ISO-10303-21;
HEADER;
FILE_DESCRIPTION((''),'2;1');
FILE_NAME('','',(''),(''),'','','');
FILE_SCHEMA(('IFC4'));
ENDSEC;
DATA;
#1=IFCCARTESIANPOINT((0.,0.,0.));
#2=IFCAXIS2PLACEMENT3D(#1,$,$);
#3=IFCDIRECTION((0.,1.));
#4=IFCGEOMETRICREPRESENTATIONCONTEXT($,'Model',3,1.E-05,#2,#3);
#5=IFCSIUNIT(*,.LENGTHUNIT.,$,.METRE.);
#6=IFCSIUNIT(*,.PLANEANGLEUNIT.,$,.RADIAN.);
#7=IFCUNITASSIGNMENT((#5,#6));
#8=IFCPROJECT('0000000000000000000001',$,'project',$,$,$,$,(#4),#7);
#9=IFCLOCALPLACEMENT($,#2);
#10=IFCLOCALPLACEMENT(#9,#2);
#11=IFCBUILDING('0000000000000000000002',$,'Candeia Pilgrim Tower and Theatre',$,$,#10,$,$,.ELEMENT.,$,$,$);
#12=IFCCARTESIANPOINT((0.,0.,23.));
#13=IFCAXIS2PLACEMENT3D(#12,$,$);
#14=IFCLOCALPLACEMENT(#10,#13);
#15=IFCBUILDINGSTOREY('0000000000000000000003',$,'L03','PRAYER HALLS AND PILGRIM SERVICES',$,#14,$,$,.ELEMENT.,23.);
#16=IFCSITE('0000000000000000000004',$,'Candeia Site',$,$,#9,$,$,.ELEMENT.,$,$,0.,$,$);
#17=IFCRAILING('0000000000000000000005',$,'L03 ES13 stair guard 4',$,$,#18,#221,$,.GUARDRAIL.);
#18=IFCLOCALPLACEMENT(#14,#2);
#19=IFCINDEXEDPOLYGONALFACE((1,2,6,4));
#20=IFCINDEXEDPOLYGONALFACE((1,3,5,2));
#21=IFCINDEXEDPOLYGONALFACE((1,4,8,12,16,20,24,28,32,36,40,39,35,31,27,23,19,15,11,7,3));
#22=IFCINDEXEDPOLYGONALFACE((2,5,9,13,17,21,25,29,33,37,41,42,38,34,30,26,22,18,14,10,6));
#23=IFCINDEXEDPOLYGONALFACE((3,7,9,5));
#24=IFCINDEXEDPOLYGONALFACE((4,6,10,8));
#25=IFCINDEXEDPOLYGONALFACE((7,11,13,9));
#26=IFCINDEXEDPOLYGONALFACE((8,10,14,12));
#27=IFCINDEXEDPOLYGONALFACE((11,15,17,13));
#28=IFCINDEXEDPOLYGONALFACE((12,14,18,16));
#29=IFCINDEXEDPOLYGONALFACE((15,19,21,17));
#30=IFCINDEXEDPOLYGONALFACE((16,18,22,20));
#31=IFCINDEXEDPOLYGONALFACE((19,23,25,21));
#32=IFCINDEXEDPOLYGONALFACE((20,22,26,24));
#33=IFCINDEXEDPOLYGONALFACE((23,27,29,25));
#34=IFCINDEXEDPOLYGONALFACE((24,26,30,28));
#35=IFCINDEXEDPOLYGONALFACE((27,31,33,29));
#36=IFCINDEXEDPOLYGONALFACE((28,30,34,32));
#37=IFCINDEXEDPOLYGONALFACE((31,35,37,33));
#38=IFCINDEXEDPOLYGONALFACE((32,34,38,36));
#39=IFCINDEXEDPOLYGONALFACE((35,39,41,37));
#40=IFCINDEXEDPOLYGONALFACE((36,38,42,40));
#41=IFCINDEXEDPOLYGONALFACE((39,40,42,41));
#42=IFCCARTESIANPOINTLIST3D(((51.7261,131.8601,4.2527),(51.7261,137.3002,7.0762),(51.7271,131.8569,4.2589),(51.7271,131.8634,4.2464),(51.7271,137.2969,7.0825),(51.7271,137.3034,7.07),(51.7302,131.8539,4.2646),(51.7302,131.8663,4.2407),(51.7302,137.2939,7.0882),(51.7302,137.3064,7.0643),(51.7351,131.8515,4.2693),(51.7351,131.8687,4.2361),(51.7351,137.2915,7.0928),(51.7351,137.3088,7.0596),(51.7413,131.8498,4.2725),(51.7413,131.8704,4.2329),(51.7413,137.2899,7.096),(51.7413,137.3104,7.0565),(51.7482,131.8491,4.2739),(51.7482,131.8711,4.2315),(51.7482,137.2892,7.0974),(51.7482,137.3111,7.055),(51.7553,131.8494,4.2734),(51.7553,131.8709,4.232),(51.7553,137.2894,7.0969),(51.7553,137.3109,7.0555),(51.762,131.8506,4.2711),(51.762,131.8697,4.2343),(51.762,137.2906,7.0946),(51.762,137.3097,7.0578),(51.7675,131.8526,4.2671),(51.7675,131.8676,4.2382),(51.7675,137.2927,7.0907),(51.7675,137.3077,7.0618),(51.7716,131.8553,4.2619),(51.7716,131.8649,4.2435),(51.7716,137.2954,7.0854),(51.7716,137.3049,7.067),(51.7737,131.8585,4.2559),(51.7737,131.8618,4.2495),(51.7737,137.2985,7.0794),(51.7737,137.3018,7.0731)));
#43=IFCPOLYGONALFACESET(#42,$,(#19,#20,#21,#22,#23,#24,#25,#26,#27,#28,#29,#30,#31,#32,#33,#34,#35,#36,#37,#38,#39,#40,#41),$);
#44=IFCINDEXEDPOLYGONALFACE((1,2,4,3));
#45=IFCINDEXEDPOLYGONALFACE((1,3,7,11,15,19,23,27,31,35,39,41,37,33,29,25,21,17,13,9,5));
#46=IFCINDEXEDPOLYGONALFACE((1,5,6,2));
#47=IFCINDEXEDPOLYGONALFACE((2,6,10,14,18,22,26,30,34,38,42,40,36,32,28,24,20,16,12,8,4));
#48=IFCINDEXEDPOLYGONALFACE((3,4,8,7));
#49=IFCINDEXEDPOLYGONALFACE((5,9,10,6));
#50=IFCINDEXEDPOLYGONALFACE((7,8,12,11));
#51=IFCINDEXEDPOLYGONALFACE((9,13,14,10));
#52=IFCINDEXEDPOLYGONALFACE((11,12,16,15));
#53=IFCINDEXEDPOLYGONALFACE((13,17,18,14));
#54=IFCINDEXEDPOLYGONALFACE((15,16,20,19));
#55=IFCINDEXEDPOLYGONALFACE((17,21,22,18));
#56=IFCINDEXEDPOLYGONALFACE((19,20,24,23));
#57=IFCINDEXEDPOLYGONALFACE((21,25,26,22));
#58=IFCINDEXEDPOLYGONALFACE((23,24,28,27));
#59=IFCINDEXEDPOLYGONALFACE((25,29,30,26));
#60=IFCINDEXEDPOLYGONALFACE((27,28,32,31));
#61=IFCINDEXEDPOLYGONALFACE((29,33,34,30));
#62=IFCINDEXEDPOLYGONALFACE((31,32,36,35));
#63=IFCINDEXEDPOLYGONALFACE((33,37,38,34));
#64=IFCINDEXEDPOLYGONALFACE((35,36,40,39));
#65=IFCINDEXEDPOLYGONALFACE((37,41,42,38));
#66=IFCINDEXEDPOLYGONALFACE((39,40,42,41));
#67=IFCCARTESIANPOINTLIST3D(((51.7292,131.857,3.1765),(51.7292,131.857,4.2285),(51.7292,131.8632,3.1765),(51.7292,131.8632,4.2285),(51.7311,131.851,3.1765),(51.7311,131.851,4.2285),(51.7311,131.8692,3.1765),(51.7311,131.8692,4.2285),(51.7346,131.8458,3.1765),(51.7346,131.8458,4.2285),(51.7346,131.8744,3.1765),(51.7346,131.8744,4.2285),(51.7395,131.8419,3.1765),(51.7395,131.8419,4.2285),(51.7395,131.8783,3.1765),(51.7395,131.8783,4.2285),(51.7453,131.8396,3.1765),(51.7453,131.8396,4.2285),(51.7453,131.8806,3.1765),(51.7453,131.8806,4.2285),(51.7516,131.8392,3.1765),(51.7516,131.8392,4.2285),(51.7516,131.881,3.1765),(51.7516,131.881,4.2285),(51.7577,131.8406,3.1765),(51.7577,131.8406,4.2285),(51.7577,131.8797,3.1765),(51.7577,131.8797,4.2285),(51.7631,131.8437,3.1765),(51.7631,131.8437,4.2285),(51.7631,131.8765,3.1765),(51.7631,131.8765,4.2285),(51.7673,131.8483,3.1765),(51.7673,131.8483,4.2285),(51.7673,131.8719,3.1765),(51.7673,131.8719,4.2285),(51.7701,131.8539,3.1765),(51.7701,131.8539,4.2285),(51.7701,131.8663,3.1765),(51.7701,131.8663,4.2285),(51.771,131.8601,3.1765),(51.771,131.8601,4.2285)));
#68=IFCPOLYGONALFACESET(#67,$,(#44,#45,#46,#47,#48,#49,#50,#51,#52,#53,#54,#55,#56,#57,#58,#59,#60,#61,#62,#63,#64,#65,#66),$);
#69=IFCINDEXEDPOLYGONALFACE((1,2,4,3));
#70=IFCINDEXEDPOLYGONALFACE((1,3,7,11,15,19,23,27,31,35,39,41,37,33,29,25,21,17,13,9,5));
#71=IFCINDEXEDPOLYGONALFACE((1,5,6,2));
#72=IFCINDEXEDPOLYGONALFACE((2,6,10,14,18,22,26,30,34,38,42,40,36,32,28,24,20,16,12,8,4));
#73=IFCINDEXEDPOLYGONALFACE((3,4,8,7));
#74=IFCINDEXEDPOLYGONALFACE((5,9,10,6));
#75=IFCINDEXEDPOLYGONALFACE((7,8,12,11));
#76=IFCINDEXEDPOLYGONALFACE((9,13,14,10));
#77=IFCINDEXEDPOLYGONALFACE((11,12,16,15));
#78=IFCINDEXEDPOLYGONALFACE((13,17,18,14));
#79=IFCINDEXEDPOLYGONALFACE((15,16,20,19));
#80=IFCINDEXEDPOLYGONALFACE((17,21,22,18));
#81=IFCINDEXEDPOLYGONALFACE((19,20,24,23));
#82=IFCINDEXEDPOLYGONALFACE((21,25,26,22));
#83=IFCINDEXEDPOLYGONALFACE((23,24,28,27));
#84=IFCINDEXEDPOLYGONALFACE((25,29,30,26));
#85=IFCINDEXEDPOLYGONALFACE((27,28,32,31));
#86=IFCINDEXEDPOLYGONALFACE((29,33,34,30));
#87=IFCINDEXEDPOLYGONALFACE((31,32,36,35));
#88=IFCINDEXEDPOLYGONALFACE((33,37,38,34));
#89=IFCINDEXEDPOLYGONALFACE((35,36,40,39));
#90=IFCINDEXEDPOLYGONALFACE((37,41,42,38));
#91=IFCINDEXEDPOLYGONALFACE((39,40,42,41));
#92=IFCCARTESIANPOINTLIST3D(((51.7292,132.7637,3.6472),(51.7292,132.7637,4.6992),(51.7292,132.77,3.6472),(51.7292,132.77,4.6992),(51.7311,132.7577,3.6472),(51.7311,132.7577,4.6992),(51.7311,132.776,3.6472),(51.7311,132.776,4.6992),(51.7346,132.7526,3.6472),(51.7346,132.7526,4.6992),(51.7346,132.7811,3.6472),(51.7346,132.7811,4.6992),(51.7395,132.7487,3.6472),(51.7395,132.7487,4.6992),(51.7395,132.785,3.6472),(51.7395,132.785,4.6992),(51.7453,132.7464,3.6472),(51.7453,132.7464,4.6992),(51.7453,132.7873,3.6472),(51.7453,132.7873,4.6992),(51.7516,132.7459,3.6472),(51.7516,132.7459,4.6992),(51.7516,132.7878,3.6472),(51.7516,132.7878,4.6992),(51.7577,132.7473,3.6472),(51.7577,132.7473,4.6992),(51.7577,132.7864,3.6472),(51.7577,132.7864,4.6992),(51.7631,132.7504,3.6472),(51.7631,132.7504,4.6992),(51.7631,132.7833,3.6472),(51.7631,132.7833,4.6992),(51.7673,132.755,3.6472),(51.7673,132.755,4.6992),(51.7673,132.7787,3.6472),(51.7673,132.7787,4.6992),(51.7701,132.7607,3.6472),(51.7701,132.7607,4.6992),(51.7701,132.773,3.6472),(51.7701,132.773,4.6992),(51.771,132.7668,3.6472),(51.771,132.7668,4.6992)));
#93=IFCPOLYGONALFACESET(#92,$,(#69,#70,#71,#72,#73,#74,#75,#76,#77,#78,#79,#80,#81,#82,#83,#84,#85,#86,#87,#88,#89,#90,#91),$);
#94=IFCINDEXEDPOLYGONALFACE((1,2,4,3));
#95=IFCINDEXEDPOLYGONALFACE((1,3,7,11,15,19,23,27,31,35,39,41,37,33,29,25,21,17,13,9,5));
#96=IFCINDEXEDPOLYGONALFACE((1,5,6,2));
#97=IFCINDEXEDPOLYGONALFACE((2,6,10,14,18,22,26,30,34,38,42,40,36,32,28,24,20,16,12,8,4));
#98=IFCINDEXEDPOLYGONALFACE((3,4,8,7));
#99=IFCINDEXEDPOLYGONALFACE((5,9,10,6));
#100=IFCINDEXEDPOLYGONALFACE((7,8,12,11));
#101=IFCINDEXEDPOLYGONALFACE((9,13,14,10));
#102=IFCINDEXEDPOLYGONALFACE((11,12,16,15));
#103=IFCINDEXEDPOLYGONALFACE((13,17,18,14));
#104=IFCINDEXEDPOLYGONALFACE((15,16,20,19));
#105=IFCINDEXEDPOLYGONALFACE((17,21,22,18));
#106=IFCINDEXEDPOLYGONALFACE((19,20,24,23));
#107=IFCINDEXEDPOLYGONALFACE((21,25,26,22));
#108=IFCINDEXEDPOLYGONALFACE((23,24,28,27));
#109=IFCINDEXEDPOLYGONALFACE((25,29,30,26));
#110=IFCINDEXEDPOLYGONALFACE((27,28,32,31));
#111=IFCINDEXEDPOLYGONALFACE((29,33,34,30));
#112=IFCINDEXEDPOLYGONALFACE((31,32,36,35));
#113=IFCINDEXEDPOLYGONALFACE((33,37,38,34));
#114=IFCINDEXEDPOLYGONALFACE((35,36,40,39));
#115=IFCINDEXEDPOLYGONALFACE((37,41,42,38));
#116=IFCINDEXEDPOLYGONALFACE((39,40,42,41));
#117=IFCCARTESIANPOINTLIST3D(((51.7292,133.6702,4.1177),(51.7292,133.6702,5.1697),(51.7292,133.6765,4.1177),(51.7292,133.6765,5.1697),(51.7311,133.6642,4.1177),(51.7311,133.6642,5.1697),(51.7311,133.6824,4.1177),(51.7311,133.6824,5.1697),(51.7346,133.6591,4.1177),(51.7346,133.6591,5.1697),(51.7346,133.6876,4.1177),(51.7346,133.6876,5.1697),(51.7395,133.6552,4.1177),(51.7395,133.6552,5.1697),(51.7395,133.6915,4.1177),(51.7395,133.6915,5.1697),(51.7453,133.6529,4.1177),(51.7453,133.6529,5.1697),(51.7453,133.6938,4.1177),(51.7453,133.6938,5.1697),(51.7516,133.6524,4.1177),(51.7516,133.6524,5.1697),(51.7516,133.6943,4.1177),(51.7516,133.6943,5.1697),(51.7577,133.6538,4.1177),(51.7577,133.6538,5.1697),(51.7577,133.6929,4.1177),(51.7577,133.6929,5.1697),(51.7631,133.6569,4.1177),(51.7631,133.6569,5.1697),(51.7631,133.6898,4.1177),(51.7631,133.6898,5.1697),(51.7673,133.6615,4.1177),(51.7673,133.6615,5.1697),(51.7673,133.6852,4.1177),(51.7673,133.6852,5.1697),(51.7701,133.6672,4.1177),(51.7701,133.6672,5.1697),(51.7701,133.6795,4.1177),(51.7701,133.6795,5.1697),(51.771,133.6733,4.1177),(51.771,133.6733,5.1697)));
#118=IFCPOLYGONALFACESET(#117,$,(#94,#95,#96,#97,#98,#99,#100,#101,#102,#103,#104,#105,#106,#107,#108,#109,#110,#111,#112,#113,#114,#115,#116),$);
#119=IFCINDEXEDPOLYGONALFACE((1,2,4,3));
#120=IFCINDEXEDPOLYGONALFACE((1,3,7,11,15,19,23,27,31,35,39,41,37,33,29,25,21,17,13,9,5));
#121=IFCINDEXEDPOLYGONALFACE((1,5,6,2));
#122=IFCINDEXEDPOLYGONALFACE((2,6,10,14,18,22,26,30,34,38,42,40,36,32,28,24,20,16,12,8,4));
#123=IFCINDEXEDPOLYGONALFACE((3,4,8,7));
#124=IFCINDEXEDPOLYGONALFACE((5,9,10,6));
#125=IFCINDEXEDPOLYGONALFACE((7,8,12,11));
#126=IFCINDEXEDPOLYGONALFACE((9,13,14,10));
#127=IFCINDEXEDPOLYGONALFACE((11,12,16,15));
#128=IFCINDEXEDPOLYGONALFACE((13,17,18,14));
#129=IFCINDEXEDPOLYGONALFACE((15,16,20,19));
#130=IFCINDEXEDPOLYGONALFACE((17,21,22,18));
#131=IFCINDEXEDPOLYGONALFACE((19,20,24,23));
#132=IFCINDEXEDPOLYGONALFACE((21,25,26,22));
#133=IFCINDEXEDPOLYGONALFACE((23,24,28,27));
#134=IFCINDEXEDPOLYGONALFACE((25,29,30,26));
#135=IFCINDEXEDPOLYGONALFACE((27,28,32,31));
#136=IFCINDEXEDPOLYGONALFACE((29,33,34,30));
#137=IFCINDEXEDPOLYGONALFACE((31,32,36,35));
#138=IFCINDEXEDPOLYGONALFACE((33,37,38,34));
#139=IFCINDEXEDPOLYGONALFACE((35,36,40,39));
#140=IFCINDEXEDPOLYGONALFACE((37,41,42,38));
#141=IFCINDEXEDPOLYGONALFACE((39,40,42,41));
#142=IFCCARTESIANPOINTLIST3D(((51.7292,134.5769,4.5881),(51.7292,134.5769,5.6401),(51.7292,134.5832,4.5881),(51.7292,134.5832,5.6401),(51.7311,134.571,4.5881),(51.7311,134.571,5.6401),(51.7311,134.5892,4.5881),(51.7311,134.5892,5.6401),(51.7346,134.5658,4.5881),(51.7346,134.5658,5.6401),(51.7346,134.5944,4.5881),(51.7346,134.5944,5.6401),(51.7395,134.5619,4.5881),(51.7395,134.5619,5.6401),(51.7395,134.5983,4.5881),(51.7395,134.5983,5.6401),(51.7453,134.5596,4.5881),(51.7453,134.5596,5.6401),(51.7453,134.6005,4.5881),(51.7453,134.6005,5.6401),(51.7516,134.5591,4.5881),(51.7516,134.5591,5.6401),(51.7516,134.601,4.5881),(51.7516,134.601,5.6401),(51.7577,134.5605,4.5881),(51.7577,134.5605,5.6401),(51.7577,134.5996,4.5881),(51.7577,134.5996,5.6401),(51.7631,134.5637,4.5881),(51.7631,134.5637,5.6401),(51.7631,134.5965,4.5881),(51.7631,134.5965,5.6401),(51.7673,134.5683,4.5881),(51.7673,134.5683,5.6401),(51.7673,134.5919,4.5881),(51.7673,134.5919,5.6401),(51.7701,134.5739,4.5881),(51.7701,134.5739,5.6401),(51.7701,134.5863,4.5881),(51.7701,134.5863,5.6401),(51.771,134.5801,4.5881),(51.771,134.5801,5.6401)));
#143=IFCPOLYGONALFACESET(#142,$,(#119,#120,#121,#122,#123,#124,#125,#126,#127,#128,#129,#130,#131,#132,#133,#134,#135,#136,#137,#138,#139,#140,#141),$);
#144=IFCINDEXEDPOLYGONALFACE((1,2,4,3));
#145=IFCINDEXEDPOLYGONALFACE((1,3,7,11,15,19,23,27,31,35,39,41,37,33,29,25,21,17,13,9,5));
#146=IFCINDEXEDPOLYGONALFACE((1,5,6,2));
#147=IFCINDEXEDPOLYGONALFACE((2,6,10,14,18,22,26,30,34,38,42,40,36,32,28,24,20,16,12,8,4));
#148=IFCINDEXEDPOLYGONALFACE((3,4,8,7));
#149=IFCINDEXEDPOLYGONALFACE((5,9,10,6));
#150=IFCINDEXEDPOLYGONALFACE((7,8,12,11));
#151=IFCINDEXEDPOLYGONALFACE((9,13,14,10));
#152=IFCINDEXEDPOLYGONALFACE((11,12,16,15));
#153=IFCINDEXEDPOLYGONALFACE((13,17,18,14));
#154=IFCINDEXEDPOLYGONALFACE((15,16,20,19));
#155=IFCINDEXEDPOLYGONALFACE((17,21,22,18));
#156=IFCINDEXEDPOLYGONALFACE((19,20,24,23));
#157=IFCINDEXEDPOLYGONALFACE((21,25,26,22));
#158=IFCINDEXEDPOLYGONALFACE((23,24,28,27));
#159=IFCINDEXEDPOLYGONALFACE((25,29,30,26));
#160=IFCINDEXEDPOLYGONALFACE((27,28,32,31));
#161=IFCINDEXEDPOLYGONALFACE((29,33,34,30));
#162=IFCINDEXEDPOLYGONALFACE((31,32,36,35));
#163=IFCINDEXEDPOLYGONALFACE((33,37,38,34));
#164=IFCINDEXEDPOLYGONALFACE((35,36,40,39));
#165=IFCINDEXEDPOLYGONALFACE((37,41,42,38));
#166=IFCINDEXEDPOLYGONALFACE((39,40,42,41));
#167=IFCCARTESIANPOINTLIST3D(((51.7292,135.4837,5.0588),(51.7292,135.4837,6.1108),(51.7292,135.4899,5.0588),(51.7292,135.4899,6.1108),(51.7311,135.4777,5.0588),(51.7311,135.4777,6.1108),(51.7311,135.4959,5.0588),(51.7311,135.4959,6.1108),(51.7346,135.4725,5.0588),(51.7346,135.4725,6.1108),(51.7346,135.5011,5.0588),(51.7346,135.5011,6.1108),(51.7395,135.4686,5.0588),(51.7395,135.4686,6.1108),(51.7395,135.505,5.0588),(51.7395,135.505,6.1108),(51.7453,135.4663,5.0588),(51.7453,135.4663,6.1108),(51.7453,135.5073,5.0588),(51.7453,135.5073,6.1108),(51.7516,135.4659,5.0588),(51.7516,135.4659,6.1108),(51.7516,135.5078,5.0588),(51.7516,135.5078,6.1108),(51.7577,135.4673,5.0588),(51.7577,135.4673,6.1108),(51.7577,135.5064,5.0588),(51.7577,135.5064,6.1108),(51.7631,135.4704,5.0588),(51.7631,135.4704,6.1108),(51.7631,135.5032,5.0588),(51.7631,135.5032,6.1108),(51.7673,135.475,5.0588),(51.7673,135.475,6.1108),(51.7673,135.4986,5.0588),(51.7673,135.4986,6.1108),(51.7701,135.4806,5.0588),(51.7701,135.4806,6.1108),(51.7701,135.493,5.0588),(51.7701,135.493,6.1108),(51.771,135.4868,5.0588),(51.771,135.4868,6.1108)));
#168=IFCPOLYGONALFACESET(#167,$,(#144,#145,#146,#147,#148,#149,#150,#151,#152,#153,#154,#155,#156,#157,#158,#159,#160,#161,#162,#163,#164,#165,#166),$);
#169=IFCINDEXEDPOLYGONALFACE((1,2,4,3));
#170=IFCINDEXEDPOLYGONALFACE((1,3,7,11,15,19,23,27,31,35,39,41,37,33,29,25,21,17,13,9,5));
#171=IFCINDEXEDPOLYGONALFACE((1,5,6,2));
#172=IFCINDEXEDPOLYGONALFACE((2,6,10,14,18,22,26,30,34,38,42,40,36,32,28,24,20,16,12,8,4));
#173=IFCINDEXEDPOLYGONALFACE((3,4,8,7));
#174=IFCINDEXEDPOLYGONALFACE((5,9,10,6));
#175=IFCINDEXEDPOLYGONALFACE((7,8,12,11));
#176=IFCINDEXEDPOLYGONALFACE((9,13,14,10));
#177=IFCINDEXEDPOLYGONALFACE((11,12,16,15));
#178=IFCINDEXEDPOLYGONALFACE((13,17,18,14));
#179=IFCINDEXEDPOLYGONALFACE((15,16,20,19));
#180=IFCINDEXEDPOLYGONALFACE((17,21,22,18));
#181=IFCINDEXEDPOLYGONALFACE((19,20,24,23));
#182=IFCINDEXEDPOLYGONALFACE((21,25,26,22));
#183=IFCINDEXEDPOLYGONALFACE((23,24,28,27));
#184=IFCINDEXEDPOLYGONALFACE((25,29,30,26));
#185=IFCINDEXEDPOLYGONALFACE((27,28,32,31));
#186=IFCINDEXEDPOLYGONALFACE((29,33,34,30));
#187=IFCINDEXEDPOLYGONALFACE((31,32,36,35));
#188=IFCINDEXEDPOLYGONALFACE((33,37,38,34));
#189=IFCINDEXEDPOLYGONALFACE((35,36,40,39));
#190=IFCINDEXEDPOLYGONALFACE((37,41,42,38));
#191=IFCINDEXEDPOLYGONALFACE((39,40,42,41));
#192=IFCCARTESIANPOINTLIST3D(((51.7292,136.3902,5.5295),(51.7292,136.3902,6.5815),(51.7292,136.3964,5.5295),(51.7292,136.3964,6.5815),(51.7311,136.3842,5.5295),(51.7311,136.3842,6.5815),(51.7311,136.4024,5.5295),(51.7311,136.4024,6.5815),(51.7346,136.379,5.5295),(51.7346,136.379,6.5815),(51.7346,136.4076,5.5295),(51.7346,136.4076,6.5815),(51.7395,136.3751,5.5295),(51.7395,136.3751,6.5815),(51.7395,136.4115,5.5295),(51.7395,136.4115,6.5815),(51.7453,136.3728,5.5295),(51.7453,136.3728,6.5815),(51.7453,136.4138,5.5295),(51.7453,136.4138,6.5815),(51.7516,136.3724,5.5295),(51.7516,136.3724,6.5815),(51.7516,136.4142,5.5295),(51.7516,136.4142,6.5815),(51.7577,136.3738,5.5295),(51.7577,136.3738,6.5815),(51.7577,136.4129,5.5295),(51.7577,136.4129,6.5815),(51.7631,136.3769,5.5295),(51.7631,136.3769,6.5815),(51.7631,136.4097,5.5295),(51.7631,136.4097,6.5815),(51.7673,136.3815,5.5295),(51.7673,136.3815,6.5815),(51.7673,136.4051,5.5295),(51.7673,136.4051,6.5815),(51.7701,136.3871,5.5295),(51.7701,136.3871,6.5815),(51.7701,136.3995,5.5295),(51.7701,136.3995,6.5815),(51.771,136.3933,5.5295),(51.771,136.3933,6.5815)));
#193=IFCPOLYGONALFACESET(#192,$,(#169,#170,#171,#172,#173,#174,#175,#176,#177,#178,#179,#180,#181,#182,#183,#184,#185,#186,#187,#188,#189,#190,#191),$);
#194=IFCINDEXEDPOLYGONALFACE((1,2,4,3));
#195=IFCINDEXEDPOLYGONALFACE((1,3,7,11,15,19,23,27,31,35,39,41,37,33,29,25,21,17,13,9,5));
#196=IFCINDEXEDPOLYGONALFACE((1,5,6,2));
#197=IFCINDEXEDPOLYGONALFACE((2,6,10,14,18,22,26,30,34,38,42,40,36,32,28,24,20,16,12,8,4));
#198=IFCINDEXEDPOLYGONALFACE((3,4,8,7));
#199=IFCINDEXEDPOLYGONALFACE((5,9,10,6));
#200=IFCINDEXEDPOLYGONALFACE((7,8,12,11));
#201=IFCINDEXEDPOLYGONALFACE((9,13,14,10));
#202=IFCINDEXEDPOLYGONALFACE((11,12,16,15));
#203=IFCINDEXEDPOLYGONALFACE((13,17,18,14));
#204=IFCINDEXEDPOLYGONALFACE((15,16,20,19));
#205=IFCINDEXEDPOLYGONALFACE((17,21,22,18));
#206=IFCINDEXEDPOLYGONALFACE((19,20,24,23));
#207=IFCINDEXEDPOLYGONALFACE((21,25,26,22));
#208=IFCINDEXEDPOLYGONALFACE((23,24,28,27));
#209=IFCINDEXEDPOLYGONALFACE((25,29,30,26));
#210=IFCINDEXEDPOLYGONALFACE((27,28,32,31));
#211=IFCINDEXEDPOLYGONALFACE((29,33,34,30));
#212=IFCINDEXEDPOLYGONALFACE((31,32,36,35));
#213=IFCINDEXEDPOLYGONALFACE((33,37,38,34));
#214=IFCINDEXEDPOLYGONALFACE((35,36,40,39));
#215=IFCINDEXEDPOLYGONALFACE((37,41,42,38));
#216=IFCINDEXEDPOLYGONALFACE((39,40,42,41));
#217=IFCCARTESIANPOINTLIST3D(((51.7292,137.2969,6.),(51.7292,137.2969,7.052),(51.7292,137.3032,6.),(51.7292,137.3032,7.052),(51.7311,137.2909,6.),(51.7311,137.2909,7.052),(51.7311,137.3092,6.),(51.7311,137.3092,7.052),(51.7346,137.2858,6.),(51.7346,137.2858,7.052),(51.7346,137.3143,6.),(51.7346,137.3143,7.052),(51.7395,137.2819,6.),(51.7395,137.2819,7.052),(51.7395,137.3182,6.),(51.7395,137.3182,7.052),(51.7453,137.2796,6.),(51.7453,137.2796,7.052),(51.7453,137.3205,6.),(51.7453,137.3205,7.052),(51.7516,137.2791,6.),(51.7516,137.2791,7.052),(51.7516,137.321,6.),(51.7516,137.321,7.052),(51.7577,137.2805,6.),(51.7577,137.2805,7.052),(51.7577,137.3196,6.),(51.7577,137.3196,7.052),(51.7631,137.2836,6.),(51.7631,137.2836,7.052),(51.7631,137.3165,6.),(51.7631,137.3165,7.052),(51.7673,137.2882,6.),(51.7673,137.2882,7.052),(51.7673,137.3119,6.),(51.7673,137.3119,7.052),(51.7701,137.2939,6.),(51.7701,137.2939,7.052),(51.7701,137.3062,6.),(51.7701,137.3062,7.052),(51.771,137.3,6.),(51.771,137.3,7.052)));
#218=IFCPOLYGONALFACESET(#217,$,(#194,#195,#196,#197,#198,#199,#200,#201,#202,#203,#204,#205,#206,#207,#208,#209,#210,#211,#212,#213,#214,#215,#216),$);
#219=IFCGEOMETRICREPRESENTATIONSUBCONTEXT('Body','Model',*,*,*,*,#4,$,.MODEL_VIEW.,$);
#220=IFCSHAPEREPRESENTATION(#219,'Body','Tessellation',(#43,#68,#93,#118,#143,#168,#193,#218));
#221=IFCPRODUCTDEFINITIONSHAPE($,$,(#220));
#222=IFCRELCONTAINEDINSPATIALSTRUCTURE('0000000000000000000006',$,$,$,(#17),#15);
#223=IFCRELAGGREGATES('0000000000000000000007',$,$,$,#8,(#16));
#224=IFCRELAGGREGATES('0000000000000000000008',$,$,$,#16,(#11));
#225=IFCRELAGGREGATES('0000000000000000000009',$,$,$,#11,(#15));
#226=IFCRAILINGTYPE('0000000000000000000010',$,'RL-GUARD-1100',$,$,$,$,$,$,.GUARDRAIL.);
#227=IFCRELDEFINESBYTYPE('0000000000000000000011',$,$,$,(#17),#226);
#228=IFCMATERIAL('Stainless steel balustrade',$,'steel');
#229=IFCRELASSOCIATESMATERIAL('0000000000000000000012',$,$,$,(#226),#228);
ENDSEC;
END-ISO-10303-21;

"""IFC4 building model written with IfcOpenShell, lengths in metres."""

from ifc_helpers import new_model, si_unit, direction, frame, origin, origin_2d, place, context, subcontext, project, spatial, circle, extrude, material, type_object, element, save


model = new_model("IFC4")

# Units and contexts
model_context = context("Model", 3, precision=1e-05, world=origin(), true_north=direction((0.0, 1.0)))
body_context = subcontext(model_context, "Body", "Model", "MODEL_VIEW")
ifc_project = project(units=[si_unit("LENGTHUNIT", "METRE"), si_unit("PLANEANGLEUNIT", "RADIAN")], contexts=[model_context])

# Site, building, storey
site_placement = place(None, origin())
site = spatial("IfcSite", under=ifc_project, at=site_placement, Name="Candeia Site", CompositionType="ELEMENT", RefElevation=0.0)
building_placement = place(site_placement, origin())
building = spatial("IfcBuilding", under=site, at=building_placement, Name="Candeia Pilgrim Tower and Theatre", CompositionType="ELEMENT")
storey_placement = place(building_placement, frame((0.0, 0.0, 23.0)))
storey = spatial("IfcBuildingStorey", under=building, at=storey_placement, Name="L03", Description="PRAYER HALLS AND PILGRIM SERVICES", CompositionType="ELEMENT", Elevation=23.0)

# Railing
ifc_material_1 = material(Name="Stainless steel balustrade", Category="steel")
railing_type_1 = type_object("IfcRailingType", Name="RL-GUARD-1100", PredefinedType="GUARDRAIL", material=ifc_material_1)
railing_1_placement = place(storey_placement, frame((51.75, 131.8601, 3.1765)))
element("IfcRailing", 1, at=railing_1_placement, inside=storey, type_object=railing_type_1, Name="L03 ES13 stair guard 4", PredefinedType="GUARDRAIL", context=body_context, shape_type="SweptSolid", body=[
    extrude(circle(Radius=0.0239, at=origin_2d()), frame((0.0, 0.0, 1.0762), z_axis=(0.0, 0.887569, 0.460674), x_axis=(-1.0, 0.0, 0.0)), (0.0, 0.0, 1.0), 6.1292),
    extrude(circle(Radius=0.021, at=origin_2d()), origin(), (0.0, 0.0, 1.0), 1.052),
    extrude(circle(Radius=0.021, at=origin_2d()), frame((0.0, 0.9067, 0.4707)), (0.0, 0.0, 1.0), 1.052),
    extrude(circle(Radius=0.021, at=origin_2d()), frame((0.0, 1.8132, 0.9412)), (0.0, 0.0, 1.0), 1.052),
    extrude(circle(Radius=0.021, at=origin_2d()), frame((0.0, 2.72, 1.4116)), (0.0, 0.0, 1.0), 1.052),
    extrude(circle(Radius=0.021, at=origin_2d()), frame((0.0, 3.6267, 1.8823)), (0.0, 0.0, 1.0), 1.052),
    extrude(circle(Radius=0.021, at=origin_2d()), frame((0.0, 4.5332, 2.353)), (0.0, 0.0, 1.0), 1.052),
    extrude(circle(Radius=0.021, at=origin_2d()), frame((0.0, 5.4399, 2.8235)), (0.0, 0.0, 1.0), 1.052),
])

save(model, "model.ifc")
